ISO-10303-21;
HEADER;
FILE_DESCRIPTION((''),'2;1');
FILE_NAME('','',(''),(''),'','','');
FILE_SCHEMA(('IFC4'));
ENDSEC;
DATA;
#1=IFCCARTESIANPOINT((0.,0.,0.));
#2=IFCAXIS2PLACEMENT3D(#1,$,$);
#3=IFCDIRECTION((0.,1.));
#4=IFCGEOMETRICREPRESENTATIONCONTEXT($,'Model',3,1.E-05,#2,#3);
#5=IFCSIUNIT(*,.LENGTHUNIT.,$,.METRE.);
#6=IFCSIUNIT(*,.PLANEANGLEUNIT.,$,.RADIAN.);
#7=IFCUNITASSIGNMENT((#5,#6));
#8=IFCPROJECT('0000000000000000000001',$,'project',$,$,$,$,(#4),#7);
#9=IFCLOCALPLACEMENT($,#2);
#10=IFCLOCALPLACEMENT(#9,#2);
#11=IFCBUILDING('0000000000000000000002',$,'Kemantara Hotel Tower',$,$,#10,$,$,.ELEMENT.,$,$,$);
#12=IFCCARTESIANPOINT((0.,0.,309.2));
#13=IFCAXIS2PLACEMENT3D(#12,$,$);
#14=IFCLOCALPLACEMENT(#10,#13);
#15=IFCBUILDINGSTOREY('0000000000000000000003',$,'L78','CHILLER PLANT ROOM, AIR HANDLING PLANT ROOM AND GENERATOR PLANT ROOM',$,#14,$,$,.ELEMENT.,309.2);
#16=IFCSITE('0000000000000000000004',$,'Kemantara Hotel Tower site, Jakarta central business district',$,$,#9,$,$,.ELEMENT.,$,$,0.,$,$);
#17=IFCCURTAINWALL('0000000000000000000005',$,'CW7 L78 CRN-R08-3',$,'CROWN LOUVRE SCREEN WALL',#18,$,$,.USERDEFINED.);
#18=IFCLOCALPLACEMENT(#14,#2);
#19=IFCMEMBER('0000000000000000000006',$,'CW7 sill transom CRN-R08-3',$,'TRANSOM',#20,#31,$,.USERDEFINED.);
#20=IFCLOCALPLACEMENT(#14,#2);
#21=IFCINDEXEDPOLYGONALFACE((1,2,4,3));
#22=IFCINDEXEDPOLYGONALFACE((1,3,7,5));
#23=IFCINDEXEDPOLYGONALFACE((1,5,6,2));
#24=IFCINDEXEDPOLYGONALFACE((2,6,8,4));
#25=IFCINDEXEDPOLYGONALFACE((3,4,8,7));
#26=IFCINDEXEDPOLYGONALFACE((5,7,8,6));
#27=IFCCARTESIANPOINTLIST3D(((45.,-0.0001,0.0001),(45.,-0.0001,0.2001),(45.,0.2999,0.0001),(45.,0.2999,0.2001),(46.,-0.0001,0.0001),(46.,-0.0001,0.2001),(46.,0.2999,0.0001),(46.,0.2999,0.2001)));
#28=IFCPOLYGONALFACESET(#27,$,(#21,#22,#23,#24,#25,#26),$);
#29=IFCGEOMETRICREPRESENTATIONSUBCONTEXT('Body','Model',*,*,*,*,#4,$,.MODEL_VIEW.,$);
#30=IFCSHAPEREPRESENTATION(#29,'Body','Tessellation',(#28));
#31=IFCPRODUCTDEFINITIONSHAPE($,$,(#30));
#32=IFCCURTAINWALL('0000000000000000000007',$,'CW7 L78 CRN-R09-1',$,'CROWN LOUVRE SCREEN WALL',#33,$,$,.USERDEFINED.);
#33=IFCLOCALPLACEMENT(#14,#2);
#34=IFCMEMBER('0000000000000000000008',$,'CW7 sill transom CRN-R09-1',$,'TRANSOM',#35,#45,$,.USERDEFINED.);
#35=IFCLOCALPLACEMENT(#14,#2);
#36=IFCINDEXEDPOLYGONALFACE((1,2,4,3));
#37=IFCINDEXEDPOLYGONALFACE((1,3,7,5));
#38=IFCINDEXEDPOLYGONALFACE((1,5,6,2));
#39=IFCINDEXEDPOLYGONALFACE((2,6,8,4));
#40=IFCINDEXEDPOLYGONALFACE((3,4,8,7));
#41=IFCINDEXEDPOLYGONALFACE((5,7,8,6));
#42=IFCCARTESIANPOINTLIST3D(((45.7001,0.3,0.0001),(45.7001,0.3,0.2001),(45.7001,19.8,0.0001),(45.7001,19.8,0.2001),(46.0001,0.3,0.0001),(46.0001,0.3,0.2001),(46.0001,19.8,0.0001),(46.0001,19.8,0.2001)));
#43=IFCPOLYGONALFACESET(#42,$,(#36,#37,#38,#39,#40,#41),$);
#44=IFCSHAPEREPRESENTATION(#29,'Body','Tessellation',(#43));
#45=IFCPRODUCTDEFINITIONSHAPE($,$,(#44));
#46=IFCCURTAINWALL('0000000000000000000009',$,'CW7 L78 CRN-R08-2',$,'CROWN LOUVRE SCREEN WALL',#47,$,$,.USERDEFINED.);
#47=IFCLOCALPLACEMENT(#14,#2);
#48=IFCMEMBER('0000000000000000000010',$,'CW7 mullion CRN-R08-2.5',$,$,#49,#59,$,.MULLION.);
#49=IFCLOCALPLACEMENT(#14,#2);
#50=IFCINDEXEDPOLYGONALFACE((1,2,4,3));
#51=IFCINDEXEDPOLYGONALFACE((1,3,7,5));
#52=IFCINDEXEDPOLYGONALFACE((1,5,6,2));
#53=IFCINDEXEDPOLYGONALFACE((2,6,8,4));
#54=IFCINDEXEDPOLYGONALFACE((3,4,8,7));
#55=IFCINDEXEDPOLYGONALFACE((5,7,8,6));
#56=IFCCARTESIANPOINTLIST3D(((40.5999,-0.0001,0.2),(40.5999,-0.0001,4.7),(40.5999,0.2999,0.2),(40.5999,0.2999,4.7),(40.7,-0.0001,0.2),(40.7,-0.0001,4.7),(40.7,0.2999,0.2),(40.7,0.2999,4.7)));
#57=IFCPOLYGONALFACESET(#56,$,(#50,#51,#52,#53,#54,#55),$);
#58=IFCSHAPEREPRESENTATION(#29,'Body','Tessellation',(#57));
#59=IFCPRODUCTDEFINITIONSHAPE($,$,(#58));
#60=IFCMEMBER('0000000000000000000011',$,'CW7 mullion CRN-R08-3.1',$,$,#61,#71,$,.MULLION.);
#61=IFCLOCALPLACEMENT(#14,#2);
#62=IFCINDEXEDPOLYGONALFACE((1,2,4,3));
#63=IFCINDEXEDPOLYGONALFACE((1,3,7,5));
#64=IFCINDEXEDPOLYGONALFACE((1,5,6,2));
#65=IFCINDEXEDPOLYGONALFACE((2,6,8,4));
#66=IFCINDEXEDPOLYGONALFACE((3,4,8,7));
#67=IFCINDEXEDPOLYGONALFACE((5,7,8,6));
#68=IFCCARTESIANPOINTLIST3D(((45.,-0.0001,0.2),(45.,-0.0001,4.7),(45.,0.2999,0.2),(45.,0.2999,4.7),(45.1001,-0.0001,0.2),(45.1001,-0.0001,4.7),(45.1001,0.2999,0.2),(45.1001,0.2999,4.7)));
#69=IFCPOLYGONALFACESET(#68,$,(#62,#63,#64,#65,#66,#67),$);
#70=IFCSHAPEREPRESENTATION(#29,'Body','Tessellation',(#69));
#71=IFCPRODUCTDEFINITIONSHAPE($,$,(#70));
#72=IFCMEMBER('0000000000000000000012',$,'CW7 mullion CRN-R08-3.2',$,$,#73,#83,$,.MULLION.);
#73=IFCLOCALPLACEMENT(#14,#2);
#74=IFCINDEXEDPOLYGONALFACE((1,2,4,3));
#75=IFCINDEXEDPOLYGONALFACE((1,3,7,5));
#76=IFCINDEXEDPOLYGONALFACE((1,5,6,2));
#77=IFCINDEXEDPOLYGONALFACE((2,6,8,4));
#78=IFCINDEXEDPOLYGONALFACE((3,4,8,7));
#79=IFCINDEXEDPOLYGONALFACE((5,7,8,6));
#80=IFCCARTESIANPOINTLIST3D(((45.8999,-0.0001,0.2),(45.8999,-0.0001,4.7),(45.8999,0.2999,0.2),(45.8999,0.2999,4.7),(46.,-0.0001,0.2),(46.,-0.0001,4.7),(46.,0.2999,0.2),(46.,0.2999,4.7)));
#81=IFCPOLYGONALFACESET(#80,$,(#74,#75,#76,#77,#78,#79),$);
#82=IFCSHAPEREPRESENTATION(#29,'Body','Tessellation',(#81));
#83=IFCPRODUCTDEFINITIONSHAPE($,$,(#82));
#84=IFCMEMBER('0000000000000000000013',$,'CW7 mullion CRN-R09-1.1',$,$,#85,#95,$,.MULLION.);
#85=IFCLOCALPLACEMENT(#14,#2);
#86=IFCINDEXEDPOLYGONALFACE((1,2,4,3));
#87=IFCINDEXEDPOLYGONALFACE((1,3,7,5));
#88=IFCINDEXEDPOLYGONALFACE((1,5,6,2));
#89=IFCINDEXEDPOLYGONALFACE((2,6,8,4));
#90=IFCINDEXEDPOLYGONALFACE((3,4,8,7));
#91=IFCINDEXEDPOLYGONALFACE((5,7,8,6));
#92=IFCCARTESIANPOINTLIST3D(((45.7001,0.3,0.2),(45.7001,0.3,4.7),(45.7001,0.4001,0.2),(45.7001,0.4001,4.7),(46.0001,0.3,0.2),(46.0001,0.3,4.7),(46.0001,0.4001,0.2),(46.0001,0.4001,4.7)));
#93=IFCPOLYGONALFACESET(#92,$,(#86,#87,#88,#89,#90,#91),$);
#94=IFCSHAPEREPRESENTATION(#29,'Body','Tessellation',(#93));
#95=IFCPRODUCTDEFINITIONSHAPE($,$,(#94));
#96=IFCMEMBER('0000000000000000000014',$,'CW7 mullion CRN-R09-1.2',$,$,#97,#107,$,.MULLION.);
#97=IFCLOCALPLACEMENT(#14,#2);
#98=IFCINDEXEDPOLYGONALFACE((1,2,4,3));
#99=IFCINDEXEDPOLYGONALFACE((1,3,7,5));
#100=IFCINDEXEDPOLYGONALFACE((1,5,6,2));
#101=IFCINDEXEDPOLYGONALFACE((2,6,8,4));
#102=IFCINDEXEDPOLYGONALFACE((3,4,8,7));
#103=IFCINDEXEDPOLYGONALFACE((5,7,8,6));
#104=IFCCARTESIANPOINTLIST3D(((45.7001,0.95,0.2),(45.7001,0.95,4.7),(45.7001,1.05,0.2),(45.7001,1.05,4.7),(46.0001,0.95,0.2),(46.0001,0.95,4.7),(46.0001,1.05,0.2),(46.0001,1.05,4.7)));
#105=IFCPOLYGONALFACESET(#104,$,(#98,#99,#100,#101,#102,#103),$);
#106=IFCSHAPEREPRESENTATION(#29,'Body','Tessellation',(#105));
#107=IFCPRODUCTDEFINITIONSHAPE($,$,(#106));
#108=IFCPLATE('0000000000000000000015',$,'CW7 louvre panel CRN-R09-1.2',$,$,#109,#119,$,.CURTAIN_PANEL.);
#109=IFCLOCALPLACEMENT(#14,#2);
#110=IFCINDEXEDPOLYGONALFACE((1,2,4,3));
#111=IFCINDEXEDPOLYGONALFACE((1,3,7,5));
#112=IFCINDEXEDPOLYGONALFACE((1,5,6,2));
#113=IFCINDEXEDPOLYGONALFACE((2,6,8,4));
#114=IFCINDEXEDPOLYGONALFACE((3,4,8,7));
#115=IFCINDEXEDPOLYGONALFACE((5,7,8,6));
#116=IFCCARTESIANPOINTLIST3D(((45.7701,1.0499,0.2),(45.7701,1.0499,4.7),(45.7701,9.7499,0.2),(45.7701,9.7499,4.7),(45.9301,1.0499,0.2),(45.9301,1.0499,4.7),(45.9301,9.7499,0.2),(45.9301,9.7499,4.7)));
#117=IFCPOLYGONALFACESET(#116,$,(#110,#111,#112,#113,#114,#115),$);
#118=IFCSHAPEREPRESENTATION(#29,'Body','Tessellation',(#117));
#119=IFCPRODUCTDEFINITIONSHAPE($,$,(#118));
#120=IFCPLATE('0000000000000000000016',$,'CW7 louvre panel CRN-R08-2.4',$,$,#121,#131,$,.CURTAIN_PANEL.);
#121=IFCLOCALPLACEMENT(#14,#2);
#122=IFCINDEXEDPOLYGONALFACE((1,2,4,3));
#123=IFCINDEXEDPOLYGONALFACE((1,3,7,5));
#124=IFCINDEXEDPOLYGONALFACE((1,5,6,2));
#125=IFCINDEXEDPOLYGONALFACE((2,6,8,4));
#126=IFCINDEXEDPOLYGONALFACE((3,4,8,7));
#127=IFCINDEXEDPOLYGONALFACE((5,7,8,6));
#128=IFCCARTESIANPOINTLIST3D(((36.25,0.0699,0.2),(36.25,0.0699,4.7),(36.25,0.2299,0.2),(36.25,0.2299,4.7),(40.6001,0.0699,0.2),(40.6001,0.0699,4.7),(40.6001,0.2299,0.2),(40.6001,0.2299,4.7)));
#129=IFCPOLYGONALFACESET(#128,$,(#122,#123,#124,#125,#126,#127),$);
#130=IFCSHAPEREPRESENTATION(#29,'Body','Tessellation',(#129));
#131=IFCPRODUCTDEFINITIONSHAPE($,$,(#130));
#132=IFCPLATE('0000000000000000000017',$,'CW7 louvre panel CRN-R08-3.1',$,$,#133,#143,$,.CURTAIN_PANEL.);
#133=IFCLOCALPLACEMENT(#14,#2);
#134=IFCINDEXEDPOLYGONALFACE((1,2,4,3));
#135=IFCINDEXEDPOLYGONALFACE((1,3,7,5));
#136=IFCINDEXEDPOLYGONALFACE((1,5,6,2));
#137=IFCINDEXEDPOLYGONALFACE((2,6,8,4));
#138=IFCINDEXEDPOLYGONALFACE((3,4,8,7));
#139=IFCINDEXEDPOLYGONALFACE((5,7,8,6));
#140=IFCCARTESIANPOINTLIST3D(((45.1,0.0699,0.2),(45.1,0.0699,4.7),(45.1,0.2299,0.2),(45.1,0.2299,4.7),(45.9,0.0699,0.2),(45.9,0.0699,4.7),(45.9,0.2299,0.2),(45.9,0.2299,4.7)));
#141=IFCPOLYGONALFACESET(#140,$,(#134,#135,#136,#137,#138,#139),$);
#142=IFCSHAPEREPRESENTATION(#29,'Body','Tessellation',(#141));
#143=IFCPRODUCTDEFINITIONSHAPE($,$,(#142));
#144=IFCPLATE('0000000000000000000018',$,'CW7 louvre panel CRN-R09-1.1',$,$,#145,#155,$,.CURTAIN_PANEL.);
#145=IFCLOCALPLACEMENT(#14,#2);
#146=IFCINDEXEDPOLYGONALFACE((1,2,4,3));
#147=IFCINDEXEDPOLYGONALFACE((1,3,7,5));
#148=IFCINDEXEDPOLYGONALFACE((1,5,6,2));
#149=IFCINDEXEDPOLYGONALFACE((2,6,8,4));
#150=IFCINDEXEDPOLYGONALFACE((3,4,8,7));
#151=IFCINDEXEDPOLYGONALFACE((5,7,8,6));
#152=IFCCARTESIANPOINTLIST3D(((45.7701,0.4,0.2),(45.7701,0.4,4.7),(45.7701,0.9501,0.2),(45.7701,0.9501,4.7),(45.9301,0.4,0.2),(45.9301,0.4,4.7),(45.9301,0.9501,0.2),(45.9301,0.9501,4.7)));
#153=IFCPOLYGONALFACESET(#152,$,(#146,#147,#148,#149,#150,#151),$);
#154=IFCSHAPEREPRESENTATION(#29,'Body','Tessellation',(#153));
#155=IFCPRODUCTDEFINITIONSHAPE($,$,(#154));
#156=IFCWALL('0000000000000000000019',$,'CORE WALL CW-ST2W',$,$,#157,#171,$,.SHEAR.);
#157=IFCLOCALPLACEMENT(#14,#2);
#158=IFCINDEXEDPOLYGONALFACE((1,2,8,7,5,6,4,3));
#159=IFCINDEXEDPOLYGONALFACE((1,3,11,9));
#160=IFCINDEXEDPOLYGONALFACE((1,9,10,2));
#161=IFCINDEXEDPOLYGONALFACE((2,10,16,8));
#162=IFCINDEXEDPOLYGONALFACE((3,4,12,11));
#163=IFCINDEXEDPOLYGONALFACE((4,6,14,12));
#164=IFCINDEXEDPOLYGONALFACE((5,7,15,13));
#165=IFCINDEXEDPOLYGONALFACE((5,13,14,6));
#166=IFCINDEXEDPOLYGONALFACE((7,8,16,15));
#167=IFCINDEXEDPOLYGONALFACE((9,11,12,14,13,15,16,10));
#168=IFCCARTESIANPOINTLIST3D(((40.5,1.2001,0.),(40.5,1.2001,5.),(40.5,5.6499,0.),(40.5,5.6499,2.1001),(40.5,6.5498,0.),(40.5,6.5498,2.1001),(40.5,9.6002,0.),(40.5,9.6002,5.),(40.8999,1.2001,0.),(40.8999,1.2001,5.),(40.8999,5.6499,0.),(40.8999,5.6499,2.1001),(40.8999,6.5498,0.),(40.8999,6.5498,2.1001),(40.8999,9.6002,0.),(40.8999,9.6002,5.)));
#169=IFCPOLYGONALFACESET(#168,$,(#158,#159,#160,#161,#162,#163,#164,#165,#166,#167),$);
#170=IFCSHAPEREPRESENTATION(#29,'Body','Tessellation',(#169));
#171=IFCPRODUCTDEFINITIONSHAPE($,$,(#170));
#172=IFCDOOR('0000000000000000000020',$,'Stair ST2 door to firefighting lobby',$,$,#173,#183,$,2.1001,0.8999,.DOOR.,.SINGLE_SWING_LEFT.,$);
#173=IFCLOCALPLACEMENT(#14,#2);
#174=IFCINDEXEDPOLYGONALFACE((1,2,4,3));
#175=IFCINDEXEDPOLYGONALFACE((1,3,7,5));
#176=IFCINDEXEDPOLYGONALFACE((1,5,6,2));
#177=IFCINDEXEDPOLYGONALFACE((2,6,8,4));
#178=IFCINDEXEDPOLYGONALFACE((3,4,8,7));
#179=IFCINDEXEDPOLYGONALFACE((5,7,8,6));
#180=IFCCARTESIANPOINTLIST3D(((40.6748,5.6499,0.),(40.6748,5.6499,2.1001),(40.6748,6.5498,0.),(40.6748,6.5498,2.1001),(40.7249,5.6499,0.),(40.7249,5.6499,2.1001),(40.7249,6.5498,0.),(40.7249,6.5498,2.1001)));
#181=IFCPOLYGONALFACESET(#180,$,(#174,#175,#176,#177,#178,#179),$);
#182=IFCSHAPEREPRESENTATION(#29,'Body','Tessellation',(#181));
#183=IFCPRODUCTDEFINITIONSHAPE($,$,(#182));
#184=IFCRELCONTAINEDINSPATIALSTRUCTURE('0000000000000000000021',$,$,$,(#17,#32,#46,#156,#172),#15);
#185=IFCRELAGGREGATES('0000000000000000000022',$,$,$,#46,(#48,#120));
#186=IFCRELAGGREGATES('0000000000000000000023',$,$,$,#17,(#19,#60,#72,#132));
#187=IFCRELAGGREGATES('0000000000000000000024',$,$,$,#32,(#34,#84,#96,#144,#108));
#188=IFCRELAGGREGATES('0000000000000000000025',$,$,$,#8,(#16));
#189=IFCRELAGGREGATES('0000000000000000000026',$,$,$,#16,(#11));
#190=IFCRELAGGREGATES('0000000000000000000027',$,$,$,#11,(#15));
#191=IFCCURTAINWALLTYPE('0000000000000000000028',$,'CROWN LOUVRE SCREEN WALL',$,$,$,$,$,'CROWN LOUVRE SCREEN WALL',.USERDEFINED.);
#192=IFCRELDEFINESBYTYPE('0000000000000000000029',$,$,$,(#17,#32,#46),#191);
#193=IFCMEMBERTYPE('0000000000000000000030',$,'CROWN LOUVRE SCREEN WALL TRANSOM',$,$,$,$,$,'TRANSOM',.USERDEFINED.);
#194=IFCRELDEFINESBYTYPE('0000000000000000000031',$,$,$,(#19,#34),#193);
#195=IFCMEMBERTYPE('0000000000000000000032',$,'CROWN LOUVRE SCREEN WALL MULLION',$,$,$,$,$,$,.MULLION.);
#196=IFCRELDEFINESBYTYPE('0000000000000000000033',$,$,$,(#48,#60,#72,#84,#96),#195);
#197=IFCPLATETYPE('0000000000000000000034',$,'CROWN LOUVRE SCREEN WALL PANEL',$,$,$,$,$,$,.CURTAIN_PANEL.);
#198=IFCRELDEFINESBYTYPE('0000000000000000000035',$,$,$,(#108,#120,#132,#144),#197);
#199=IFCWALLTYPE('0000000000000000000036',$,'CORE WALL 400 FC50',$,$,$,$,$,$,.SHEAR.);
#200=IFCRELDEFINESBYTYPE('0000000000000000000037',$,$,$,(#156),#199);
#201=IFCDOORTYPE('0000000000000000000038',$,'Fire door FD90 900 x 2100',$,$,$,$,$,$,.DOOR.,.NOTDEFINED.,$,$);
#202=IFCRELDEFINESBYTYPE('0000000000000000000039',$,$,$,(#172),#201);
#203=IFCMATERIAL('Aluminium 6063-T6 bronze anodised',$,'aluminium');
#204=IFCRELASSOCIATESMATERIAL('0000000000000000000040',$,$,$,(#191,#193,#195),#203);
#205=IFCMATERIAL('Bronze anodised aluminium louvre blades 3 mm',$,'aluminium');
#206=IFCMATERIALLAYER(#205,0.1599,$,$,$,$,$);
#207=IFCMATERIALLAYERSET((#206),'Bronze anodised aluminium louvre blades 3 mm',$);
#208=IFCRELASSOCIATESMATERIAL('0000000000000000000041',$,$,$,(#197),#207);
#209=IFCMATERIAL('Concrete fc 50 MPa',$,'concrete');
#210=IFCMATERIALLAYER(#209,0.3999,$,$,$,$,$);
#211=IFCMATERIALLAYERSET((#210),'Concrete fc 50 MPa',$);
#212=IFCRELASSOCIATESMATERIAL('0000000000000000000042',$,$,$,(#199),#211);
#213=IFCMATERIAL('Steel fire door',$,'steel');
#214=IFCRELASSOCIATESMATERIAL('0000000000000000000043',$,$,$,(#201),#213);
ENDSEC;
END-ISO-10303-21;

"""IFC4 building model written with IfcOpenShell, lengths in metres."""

from ifc_helpers import new_model, si_unit, direction, frame, frame_2d, origin, origin_2d, place, context, subcontext, project, spatial, rectangle, extrude, source, transform, mapped, material, layer, layer_set, material_profile, profile_set, type_object, element, fill, aggregate, save


model = new_model("IFC4")

# Units and contexts
model_context = context("Model", 3, precision=1e-05, world=origin(), true_north=direction((0.0, 1.0)))
body_context = subcontext(model_context, "Body", "Model", "MODEL_VIEW")
ifc_project = project(units=[si_unit("LENGTHUNIT", "METRE"), si_unit("PLANEANGLEUNIT", "RADIAN")], contexts=[model_context])

# Site, building, storey
site_placement = place(None, origin())
site = spatial("IfcSite", under=ifc_project, at=site_placement, Name="Kemantara Hotel Tower site, Jakarta central business district", CompositionType="ELEMENT", RefElevation=0.0)
building_placement = place(site_placement, origin())
building = spatial("IfcBuilding", under=site, at=building_placement, Name="Kemantara Hotel Tower", CompositionType="ELEMENT")
storey_placement = place(building_placement, frame((0.0, 0.0, 309.2)))
storey = spatial("IfcBuildingStorey", under=building, at=storey_placement, Name="L78", Description="CHILLER PLANT ROOM, AIR HANDLING PLANT ROOM AND GENERATOR PLANT ROOM", CompositionType="ELEMENT", Elevation=309.2)

# Curtain walls, members
ifc_material_1 = material(Name="Aluminium 6063-T6 bronze anodised", Category="aluminium")
curtain_wall_type = type_object("IfcCurtainWallType", Name="CROWN LOUVRE SCREEN WALL", ElementType="CROWN LOUVRE SCREEN WALL", PredefinedType="USERDEFINED", material=ifc_material_1)
curtain_wall_1_placement = place(storey_placement, origin())
curtain_wall_1 = element("IfcCurtainWall", 1, at=curtain_wall_1_placement, inside=storey, type_object=curtain_wall_type, Name="CW7 L78 CRN-R08-3", ObjectType="CROWN LOUVRE SCREEN WALL", PredefinedType="USERDEFINED")
ifc_material_profile_1 = material_profile(ifc_material_1, rectangle(XDim=0.3, YDim=0.2, at=origin_2d()), Name="CROWN LOUVRE SCREEN WALL TRANSOM")
ifc_profile_set_1 = profile_set([ifc_material_profile_1], Name="Aluminium 6063-T6 bronze anodised")
member_type_1 = type_object("IfcMemberType", Name="CROWN LOUVRE SCREEN WALL TRANSOM", ElementType="TRANSOM", PredefinedType="USERDEFINED", material=ifc_profile_set_1)
member_1_placement = place(storey_placement, frame((45.0, 0.1499, 0.1001), z_axis=(1.0, 0.0, 0.0), x_axis=(0.0, 1.0, 0.0)))
member_1 = element("IfcMember", 2, at=member_1_placement, type_object=member_type_1, Name="CW7 sill transom CRN-R08-3", ObjectType="TRANSOM", PredefinedType="USERDEFINED", context=body_context, shape_type="SweptSolid", body=[
    extrude(rectangle(XDim=0.3, YDim=0.2, at=origin_2d()), origin(), (0.0, 0.0, 1.0), 1.0),
])
curtain_wall_2_placement = place(storey_placement, origin())
curtain_wall_2 = element("IfcCurtainWall", 3, at=curtain_wall_2_placement, inside=storey, type_object=curtain_wall_type, Name="CW7 L78 CRN-R09-1", ObjectType="CROWN LOUVRE SCREEN WALL", PredefinedType="USERDEFINED")
member_2_placement = place(storey_placement, frame((45.8501, 0.3, 0.1001), z_axis=(0.0, 1.0, 0.0), x_axis=(-1.0, 0.0, 0.0)))
member_2 = element("IfcMember", 4, at=member_2_placement, type_object=member_type_1, Name="CW7 sill transom CRN-R09-1", ObjectType="TRANSOM", PredefinedType="USERDEFINED", context=body_context, shape_type="SweptSolid", body=[
    extrude(rectangle(XDim=0.3, YDim=0.2, at=origin_2d()), origin(), (0.0, 0.0, 1.0), 19.5),
])
curtain_wall_3_placement = place(storey_placement, origin())
curtain_wall_3 = element("IfcCurtainWall", 5, at=curtain_wall_3_placement, inside=storey, type_object=curtain_wall_type, Name="CW7 L78 CRN-R08-2", ObjectType="CROWN LOUVRE SCREEN WALL", PredefinedType="USERDEFINED")
ifc_material_profile_2 = material_profile(ifc_material_1, rectangle(XDim=0.3, YDim=0.1001, at=origin_2d()), Name="CROWN LOUVRE SCREEN WALL MULLION")
ifc_profile_set_2 = profile_set([ifc_material_profile_2], Name="Aluminium 6063-T6 bronze anodised")
member_type_2 = type_object("IfcMemberType", Name="CROWN LOUVRE SCREEN WALL MULLION", PredefinedType="MULLION", material=ifc_profile_set_2)
shared_shape_1 = source(origin(), body_context, "Body", "SweptSolid", [
    extrude(rectangle(XDim=0.3, YDim=0.1001, at=origin_2d()), origin(), (0.0, 0.0, 1.0), 4.5),
])
member_3_placement = place(storey_placement, frame((40.6499, 0.1499, 0.2), z_axis=(0.0, 0.0, 1.0), x_axis=(0.0, 1.0, 0.0)))
member_3 = element("IfcMember", 6, at=member_3_placement, type_object=member_type_2, Name="CW7 mullion CRN-R08-2.5", PredefinedType="MULLION", context=body_context, shape_type="MappedRepresentation", body=[
    mapped(shared_shape_1, transform((0.0, 0.0, 0.0))),
])

# Members
member_4_placement = place(storey_placement, frame((45.05, 0.1499, 0.2), z_axis=(0.0, 0.0, 1.0), x_axis=(0.0, 1.0, 0.0)))
member_4 = element("IfcMember", 7, at=member_4_placement, type_object=member_type_2, Name="CW7 mullion CRN-R08-3.1", PredefinedType="MULLION", context=body_context, shape_type="MappedRepresentation", body=[
    mapped(shared_shape_1, transform((0.0, 0.0, 0.0))),
])
member_5_placement = place(storey_placement, frame((45.95, 0.1499, 0.2), z_axis=(0.0, 0.0, 1.0), x_axis=(0.0, 1.0, 0.0)))
member_5 = element("IfcMember", 8, at=member_5_placement, type_object=member_type_2, Name="CW7 mullion CRN-R08-3.2", PredefinedType="MULLION", context=body_context, shape_type="MappedRepresentation", body=[
    mapped(shared_shape_1, transform((0.0, 0.0, 0.0))),
])
member_6_placement = place(storey_placement, frame((45.8501, 0.3501, 0.2), z_axis=(0.0, 0.0, 1.0), x_axis=(-1.0, 0.0, 0.0)))
member_6 = element("IfcMember", 9, at=member_6_placement, type_object=member_type_2, Name="CW7 mullion CRN-R09-1.1", PredefinedType="MULLION", context=body_context, shape_type="MappedRepresentation", body=[
    mapped(shared_shape_1, transform((0.0, 0.0, 0.0))),
])
member_7_placement = place(storey_placement, frame((45.8501, 1.0, 0.2), z_axis=(0.0, 0.0, 1.0), x_axis=(-1.0, 0.0, 0.0)))
member_7 = element("IfcMember", 10, at=member_7_placement, type_object=member_type_2, Name="CW7 mullion CRN-R09-1.2", PredefinedType="MULLION", context=body_context, shape_type="MappedRepresentation", body=[
    mapped(shared_shape_1, transform((0.0, 0.0, 0.0))),
])

# Plates
ifc_material_2 = material(Name="Bronze anodised aluminium louvre blades 3 mm", Category="aluminium")
ifc_layer_1 = layer(ifc_material_2, 0.1599)
ifc_layer_set_1 = layer_set([ifc_layer_1], Name="Bronze anodised aluminium louvre blades 3 mm")
plate_type = type_object("IfcPlateType", Name="CROWN LOUVRE SCREEN WALL PANEL", PredefinedType="CURTAIN_PANEL", material=ifc_layer_set_1)
shared_shape_2 = source(origin(), body_context, "Body", "SweptSolid", [
    extrude(rectangle(XDim=8.7, YDim=0.1599, at=origin_2d()), origin(), (0.0, 0.0, 1.0), 4.5),
])
plate_1_placement = place(storey_placement, frame((45.8501, 5.3999, 0.2), z_axis=(0.0, 0.0, 1.0), x_axis=(0.0, 1.0, 0.0)))
plate_1 = element("IfcPlate", 11, at=plate_1_placement, type_object=plate_type, Name="CW7 louvre panel CRN-R09-1.2", PredefinedType="CURTAIN_PANEL", context=body_context, shape_type="MappedRepresentation", body=[
    mapped(shared_shape_2, transform((0.0, 0.0, 0.0))),
])
shared_shape_3 = source(origin(), body_context, "Body", "SweptSolid", [
    extrude(rectangle(XDim=4.3501, YDim=0.1599, at=origin_2d()), origin(), (0.0, 0.0, 1.0), 4.5),
])
plate_2_placement = place(storey_placement, frame((38.425, 0.1499, 0.2), z_axis=(0.0, 0.0, 1.0), x_axis=(1.0, 0.0, 0.0)))
plate_2 = element("IfcPlate", 12, at=plate_2_placement, type_object=plate_type, Name="CW7 louvre panel CRN-R08-2.4", PredefinedType="CURTAIN_PANEL", context=body_context, shape_type="MappedRepresentation", body=[
    mapped(shared_shape_3, transform((0.0, 0.0, 0.0))),
])
aggregate(curtain_wall_3, [member_3, plate_2])
shared_shape_4 = source(origin(), body_context, "Body", "SweptSolid", [
    extrude(rectangle(XDim=0.8, YDim=0.1599, at=origin_2d()), origin(), (0.0, 0.0, 1.0), 4.5),
])
plate_3_placement = place(storey_placement, frame((45.5, 0.1499, 0.2), z_axis=(0.0, 0.0, 1.0), x_axis=(1.0, 0.0, 0.0)))
plate_3 = element("IfcPlate", 13, at=plate_3_placement, type_object=plate_type, Name="CW7 louvre panel CRN-R08-3.1", PredefinedType="CURTAIN_PANEL", context=body_context, shape_type="MappedRepresentation", body=[
    mapped(shared_shape_4, transform((0.0, 0.0, 0.0))),
])
aggregate(curtain_wall_1, [member_1, member_4, member_5, plate_3])
shared_shape_5 = source(origin(), body_context, "Body", "SweptSolid", [
    extrude(rectangle(XDim=0.55, YDim=0.1599, at=origin_2d()), origin(), (0.0, 0.0, 1.0), 4.5),
])
plate_4_placement = place(storey_placement, frame((45.8501, 0.675, 0.2), z_axis=(0.0, 0.0, 1.0), x_axis=(0.0, 1.0, 0.0)))
plate_4 = element("IfcPlate", 14, at=plate_4_placement, type_object=plate_type, Name="CW7 louvre panel CRN-R09-1.1", PredefinedType="CURTAIN_PANEL", context=body_context, shape_type="MappedRepresentation", body=[
    mapped(shared_shape_5, transform((0.0, 0.0, 0.0))),
])
aggregate(curtain_wall_2, [member_2, member_6, member_7, plate_4, plate_1])

# Wall, opening, door
ifc_material_3 = material(Name="Concrete fc 50 MPa", Category="concrete")
ifc_layer_2 = layer(ifc_material_3, 0.3999)
ifc_layer_set_2 = layer_set([ifc_layer_2], Name="Concrete fc 50 MPa")
wall_type_1 = type_object("IfcWallType", Name="CORE WALL 400 FC50", PredefinedType="SHEAR", material=ifc_layer_set_2)
wall_1_placement = place(storey_placement, frame((40.7, 1.2, 0.0), z_axis=(0.0, 0.0, 1.0), x_axis=(0.0, 1.0, 0.0)))
wall_1 = element("IfcWall", 15, at=wall_1_placement, inside=storey, type_object=wall_type_1, Name="CORE WALL CW-ST2W", PredefinedType="SHEAR", context=body_context, shape_type="SweptSolid", body=[
    extrude(rectangle(XDim=8.4001, YDim=0.3999, at=frame_2d((4.2002, 0.0))), origin(), (0.0, 0.0, 1.0), 5.0),
])
opening_placement = place(wall_1_placement, frame((4.45, 0.0, 0.0)))
opening = element("IfcOpeningElement", 16, at=opening_placement, cuts=wall_1, PredefinedType="OPENING", context=body_context, shape_type="SweptSolid", body=[
    extrude(rectangle(XDim=0.8999, YDim=2.1001, at=frame_2d((0.45, 1.05))), frame((0.0, 0.21, 0.0), z_axis=(0.0, -1.0, 0.0), x_axis=(1.0, 0.0, 0.0)), (0.0, 0.0, 1.0), 0.4199),
])
ifc_material_4 = material(Name="Steel fire door", Category="steel")
door_type = type_object("IfcDoorType", Name="Fire door FD90 900 x 2100", OperationType="NOTDEFINED", PredefinedType="DOOR", material=ifc_material_4)
door_placement = place(opening_placement, frame((0.8999, 0.0, 0.0), z_axis=(0.0, 0.0, 1.0), x_axis=(-1.0, 0.0, 0.0)))
door = element("IfcDoor", 17, at=door_placement, inside=storey, type_object=door_type, Name="Stair ST2 door to firefighting lobby", OperationType="SINGLE_SWING_LEFT", OverallHeight=2.1001, OverallWidth=0.8999, PredefinedType="DOOR", context=body_context, shape_type="SweptSolid", body=[
    extrude(rectangle(XDim=0.8999, YDim=2.1001, at=frame_2d((0.45, 1.05))), frame((0.0, 0.0249, 0.0), z_axis=(0.0, -1.0, 0.0), x_axis=(1.0, 0.0, 0.0)), (0.0, 0.0, 1.0), 0.05),
])
fill(opening, door)

save(model, "model.ifc")
